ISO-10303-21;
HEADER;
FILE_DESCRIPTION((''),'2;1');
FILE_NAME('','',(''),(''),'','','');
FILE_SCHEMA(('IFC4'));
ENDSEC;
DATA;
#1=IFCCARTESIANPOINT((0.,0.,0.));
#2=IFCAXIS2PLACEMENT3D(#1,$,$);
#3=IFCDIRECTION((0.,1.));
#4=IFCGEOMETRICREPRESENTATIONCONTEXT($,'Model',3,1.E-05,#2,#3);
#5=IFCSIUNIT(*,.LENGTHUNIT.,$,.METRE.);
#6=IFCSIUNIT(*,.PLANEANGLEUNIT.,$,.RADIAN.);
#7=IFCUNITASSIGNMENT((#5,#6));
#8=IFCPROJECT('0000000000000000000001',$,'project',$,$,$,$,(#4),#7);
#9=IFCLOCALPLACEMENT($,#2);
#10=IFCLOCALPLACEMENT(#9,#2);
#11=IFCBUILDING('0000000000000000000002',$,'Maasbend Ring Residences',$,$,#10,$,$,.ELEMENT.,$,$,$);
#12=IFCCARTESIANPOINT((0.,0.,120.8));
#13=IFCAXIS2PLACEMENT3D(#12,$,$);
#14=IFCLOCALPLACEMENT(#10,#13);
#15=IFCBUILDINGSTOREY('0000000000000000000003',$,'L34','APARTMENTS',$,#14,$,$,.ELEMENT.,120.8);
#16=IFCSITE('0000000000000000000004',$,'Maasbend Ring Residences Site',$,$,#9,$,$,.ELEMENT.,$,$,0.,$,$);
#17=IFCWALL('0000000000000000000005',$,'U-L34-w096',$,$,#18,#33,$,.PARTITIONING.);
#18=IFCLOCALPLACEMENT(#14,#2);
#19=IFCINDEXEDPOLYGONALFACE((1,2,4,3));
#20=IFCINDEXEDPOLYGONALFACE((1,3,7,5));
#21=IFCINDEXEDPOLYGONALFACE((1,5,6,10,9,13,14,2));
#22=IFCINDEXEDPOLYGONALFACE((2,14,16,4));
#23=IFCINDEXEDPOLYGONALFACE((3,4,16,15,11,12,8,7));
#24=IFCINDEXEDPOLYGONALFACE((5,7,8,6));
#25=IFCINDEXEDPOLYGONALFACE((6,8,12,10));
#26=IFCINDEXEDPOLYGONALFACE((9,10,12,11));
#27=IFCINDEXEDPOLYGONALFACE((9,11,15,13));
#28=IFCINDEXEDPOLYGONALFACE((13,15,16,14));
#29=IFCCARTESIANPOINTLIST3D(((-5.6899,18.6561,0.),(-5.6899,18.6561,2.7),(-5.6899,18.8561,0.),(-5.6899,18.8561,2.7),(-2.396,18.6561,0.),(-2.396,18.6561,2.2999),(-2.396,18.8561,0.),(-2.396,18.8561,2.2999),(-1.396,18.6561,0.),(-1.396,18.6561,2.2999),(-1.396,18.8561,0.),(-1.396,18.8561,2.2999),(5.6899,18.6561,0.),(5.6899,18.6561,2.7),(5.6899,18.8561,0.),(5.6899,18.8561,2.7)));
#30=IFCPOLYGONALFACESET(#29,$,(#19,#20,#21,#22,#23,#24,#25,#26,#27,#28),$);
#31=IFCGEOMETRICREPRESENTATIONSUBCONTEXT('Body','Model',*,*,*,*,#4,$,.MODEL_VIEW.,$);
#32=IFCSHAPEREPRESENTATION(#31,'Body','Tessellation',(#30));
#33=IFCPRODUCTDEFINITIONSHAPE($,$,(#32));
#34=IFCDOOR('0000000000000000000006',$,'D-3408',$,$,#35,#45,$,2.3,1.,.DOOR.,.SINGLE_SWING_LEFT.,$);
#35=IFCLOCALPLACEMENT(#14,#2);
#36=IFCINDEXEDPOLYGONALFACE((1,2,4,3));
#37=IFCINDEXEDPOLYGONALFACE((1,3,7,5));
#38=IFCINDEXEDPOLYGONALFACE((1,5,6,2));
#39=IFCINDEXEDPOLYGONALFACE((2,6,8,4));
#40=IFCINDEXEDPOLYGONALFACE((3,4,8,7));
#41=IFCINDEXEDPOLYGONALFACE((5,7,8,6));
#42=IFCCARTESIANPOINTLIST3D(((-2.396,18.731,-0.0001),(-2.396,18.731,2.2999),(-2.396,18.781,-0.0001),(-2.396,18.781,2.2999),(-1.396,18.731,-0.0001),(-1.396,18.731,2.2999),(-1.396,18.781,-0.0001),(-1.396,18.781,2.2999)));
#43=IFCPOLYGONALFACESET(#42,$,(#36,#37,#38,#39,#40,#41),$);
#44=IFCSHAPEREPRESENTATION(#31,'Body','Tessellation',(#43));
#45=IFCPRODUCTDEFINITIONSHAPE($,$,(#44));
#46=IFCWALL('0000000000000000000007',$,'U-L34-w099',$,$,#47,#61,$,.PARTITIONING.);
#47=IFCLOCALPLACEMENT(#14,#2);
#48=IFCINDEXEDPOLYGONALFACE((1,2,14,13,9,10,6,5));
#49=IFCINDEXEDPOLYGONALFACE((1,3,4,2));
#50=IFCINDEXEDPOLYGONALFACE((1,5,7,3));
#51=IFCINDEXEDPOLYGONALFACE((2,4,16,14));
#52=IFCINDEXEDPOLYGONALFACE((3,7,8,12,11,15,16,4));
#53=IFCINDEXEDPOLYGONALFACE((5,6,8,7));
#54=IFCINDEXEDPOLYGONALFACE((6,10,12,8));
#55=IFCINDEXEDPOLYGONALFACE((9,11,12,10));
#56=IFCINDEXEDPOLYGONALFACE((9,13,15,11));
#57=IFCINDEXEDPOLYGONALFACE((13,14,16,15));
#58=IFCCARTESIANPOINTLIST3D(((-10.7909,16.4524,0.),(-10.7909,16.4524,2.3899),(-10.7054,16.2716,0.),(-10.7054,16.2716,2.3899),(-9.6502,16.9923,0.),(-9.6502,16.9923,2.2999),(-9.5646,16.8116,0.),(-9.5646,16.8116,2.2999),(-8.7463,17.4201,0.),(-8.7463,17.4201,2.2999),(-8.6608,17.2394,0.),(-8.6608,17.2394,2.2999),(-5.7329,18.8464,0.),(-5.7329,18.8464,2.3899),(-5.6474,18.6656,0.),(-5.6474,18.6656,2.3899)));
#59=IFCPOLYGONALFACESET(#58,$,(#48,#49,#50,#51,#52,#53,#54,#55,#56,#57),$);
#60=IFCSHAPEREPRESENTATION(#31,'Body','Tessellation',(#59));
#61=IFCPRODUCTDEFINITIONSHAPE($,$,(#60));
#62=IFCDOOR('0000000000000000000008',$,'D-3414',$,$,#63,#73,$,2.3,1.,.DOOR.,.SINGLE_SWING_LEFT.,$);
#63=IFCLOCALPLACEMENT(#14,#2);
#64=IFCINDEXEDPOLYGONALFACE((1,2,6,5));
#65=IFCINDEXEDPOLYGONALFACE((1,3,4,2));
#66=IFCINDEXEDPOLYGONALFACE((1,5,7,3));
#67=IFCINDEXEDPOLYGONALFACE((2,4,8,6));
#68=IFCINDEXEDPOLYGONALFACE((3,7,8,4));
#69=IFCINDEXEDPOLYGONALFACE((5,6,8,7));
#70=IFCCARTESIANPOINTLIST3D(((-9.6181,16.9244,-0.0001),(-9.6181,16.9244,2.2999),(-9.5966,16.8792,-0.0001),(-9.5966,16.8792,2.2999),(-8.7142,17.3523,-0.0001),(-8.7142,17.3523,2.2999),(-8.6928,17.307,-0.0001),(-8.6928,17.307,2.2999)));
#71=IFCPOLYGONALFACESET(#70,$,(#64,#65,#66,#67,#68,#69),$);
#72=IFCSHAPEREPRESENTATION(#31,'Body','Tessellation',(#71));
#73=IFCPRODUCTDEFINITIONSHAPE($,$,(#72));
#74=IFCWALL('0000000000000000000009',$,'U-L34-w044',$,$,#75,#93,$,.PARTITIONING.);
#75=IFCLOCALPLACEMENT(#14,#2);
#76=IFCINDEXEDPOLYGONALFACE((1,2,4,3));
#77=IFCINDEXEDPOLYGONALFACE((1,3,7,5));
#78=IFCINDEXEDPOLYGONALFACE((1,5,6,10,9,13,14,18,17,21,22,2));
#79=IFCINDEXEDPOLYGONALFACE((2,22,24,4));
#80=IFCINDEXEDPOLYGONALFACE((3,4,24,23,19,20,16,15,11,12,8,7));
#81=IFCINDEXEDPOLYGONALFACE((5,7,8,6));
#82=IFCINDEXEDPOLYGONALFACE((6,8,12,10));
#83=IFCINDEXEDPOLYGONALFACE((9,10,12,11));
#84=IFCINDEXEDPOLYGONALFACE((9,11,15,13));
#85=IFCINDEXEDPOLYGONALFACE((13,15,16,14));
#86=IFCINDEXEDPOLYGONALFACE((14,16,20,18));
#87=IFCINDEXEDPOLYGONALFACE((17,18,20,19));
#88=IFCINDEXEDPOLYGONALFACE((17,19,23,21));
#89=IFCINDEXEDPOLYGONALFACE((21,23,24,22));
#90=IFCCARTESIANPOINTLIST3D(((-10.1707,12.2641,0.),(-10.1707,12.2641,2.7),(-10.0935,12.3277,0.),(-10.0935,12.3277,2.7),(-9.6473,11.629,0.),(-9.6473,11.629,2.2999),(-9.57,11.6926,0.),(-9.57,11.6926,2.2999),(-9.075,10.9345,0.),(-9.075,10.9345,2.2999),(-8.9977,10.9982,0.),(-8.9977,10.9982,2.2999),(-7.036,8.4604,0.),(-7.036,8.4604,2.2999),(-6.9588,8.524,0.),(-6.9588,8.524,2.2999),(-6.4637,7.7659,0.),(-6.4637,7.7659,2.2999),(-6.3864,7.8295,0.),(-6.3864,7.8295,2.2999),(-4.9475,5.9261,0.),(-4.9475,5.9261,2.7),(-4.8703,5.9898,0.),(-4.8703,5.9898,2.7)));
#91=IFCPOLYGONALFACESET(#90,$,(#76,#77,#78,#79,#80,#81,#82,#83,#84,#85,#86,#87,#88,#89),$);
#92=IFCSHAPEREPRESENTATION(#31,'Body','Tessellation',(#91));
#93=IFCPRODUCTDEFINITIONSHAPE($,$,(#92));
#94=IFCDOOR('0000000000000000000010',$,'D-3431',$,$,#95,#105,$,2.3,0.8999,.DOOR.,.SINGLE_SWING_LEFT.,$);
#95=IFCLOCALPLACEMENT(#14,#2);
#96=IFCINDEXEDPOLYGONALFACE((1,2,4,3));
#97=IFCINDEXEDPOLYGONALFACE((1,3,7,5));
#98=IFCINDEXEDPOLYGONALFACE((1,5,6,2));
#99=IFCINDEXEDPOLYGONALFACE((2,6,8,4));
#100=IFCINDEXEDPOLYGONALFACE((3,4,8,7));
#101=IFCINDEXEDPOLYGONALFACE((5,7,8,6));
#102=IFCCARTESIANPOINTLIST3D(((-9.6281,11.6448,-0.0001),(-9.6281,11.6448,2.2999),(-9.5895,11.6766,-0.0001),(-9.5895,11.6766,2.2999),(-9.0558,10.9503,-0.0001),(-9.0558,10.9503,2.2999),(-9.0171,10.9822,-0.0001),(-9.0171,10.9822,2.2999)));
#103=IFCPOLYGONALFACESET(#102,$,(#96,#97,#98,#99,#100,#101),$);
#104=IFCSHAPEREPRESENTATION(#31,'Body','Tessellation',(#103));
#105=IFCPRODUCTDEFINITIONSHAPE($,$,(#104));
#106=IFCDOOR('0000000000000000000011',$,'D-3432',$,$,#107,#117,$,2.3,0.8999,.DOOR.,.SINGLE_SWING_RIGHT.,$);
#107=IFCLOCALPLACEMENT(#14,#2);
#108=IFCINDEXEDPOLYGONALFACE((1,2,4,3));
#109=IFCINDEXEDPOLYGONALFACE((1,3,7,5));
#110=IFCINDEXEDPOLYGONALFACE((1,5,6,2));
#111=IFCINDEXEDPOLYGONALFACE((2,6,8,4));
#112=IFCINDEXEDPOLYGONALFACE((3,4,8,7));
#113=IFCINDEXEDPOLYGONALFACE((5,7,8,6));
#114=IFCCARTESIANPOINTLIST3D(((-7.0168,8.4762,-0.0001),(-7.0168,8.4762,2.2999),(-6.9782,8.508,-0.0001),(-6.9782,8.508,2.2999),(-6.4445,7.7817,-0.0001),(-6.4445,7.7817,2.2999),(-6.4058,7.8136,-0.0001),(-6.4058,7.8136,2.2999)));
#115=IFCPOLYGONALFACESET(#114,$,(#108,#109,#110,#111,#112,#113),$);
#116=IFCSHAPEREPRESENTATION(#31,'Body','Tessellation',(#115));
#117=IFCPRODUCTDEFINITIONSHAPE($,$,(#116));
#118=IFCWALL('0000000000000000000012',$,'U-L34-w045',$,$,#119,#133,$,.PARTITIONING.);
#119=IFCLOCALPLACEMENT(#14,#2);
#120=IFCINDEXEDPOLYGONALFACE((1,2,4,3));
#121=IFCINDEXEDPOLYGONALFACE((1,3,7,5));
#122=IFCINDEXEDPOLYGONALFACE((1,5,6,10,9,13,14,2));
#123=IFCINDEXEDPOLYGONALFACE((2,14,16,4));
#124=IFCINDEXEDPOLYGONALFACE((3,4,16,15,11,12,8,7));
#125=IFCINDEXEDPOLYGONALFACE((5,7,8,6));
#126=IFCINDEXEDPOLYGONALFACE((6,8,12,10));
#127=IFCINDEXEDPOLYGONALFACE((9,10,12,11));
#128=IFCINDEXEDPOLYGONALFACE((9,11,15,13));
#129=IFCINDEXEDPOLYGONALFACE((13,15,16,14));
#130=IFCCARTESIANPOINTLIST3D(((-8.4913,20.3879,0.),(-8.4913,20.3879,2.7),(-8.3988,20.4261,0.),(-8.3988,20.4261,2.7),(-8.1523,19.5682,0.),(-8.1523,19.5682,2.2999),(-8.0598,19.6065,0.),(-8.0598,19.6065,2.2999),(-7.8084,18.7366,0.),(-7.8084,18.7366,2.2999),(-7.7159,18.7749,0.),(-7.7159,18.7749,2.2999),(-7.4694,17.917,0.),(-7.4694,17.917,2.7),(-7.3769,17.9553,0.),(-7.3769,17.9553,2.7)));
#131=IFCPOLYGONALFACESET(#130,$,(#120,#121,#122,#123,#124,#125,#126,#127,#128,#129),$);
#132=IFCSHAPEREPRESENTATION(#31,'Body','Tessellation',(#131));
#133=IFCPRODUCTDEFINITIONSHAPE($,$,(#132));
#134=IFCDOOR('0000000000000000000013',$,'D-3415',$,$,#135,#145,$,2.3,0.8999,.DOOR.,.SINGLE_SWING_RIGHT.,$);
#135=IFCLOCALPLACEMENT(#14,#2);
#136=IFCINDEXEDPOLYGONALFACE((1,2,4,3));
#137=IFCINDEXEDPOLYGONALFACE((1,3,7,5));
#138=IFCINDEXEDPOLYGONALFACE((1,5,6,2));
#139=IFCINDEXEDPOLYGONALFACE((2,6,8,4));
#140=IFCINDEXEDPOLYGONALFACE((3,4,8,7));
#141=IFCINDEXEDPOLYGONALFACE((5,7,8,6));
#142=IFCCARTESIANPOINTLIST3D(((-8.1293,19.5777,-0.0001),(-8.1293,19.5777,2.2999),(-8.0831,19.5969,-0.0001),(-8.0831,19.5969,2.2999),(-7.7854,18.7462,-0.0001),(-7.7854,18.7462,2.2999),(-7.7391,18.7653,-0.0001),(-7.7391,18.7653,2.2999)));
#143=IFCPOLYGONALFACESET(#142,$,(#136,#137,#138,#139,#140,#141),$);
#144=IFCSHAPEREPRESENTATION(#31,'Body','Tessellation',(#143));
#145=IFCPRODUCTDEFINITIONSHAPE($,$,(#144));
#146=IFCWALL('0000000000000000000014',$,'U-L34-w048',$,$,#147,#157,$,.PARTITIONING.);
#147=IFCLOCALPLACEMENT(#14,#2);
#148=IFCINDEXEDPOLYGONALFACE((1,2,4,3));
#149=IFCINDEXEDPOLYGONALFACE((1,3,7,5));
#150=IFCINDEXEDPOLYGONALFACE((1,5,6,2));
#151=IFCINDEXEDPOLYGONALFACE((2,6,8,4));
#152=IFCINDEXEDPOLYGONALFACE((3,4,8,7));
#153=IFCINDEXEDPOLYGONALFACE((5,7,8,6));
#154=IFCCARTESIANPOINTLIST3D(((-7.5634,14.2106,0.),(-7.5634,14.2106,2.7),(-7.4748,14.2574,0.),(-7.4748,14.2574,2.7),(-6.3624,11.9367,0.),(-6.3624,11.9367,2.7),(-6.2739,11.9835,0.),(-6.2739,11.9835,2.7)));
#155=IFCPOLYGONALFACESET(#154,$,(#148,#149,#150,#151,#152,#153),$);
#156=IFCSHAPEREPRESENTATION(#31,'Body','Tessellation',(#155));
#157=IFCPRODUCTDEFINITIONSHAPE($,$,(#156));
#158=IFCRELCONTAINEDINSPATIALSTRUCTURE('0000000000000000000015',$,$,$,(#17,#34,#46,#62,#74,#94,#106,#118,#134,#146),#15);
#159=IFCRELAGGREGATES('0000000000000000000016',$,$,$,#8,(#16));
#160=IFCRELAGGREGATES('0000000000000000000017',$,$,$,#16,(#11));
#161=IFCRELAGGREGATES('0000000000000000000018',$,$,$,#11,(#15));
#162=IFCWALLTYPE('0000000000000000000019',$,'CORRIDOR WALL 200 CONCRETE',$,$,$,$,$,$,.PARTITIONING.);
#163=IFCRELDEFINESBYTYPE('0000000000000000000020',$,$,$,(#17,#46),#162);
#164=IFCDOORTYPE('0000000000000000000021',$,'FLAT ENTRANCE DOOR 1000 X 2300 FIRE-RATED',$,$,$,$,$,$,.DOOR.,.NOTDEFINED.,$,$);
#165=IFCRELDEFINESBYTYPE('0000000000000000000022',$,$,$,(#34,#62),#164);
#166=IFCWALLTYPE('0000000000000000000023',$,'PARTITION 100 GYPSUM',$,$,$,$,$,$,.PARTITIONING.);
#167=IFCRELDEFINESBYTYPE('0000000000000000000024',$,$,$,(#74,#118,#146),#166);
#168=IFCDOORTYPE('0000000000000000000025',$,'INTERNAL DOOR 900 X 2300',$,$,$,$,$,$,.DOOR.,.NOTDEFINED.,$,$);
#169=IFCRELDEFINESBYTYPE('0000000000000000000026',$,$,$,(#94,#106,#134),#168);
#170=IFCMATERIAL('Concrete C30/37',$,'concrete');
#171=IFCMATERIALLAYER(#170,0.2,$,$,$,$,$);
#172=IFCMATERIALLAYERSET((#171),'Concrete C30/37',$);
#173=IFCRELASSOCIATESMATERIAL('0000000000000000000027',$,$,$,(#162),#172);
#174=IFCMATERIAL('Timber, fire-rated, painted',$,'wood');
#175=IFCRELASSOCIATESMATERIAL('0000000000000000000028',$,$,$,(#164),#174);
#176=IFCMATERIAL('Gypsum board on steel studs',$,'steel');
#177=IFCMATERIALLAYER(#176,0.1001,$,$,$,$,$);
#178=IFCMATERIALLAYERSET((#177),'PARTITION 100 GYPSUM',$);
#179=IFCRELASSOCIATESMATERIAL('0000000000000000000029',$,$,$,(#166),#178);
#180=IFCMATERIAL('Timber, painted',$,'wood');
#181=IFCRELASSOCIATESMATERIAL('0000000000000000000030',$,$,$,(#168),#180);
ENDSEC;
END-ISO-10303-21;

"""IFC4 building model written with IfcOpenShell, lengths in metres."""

from ifc_helpers import new_model, si_unit, direction, frame, frame_2d, origin, place, context, subcontext, project, spatial, rectangle, extrude, material, layer, layer_set, type_object, element, fill, save


model = new_model("IFC4")

# Units and contexts
model_context = context("Model", 3, precision=1e-05, world=origin(), true_north=direction((0.0, 1.0)))
body_context = subcontext(model_context, "Body", "Model", "MODEL_VIEW")
ifc_project = project(units=[si_unit("LENGTHUNIT", "METRE"), si_unit("PLANEANGLEUNIT", "RADIAN")], contexts=[model_context])

# Site, building, storey
site_placement = place(None, origin())
site = spatial("IfcSite", under=ifc_project, at=site_placement, Name="Maasbend Ring Residences Site", CompositionType="ELEMENT", RefElevation=0.0)
building_placement = place(site_placement, origin())
building = spatial("IfcBuilding", under=site, at=building_placement, Name="Maasbend Ring Residences", CompositionType="ELEMENT")
storey_placement = place(building_placement, frame((0.0, 0.0, 120.8)))
storey = spatial("IfcBuildingStorey", under=building, at=storey_placement, Name="L34", Description="APARTMENTS", CompositionType="ELEMENT", Elevation=120.8)

# Walls, openings, doors
ifc_material_1 = material(Name="Concrete C30/37", Category="concrete")
ifc_layer_1 = layer(ifc_material_1, 0.2)
ifc_layer_set_1 = layer_set([ifc_layer_1], Name="Concrete C30/37")
wall_type_1 = type_object("IfcWallType", Name="CORRIDOR WALL 200 CONCRETE", PredefinedType="PARTITIONING", material=ifc_layer_set_1)
ifc_material_2 = material(Name="Timber, fire-rated, painted", Category="wood")
door_type_1 = type_object("IfcDoorType", Name="FLAT ENTRANCE DOOR 1000 X 2300 FIRE-RATED", OperationType="NOTDEFINED", PredefinedType="DOOR", material=ifc_material_2)
wall_1_placement = place(storey_placement, frame((-5.6899, 18.7561, 0.0), z_axis=(0.0, 0.0, 1.0), x_axis=(1.0, 0.0, 0.0)))
wall_1 = element("IfcWall", 1, at=wall_1_placement, inside=storey, type_object=wall_type_1, Name="U-L34-w096", PredefinedType="PARTITIONING", context=body_context, shape_type="SweptSolid", body=[
    extrude(rectangle(XDim=11.3799, YDim=0.2, at=frame_2d((5.6899, 0.0))), origin(), (0.0, 0.0, 1.0), 2.7),
])
opening_1_placement = place(wall_1_placement, frame((3.2939, 0.0, 0.0)))
opening_1 = element("IfcOpeningElement", 2, at=opening_1_placement, cuts=wall_1, PredefinedType="OPENING", context=body_context, shape_type="SweptSolid", body=[
    extrude(rectangle(XDim=1.0, YDim=2.3, at=frame_2d((0.5, 1.1499))), frame((0.0, 0.1099, 0.0), z_axis=(0.0, -1.0, 0.0), x_axis=(1.0, 0.0, 0.0)), (0.0, 0.0, 1.0), 0.22),
])
door_1_placement = place(opening_1_placement, origin())
door_1 = element("IfcDoor", 3, at=door_1_placement, inside=storey, type_object=door_type_1, Name="D-3408", OperationType="SINGLE_SWING_LEFT", OverallHeight=2.3, OverallWidth=1.0, PredefinedType="DOOR", context=body_context, shape_type="SweptSolid", body=[
    extrude(rectangle(XDim=1.0, YDim=2.3, at=frame_2d((0.5, 1.1499))), frame((0.0, 0.0249, 0.0), z_axis=(0.0, -1.0, 0.0), x_axis=(1.0, 0.0, 0.0)), (0.0, 0.0, 1.0), 0.05),
])
fill(opening_1, door_1)
wall_2_placement = place(storey_placement, frame((-10.748, 16.3621, 0.0), z_axis=(0.0, 0.0, 1.0), x_axis=(0.903869, 0.427809, 0.0)))
wall_2 = element("IfcWall", 4, at=wall_2_placement, inside=storey, type_object=wall_type_1, Name="U-L34-w099", PredefinedType="PARTITIONING", context=body_context, shape_type="SweptSolid", body=[
    extrude(rectangle(XDim=5.5959, YDim=0.2, at=frame_2d((2.7979, 0.0))), origin(), (0.0, 0.0, 1.0), 2.3899),
])
opening_2_placement = place(wall_2_placement, frame((1.262, 0.0, 0.0)))
opening_2 = element("IfcOpeningElement", 5, at=opening_2_placement, cuts=wall_2, PredefinedType="OPENING", context=body_context, shape_type="SweptSolid", body=[
    extrude(rectangle(XDim=1.0, YDim=2.3, at=frame_2d((0.5, 1.1499))), frame((0.0, 0.1099, 0.0), z_axis=(0.0, -1.0, 0.0), x_axis=(1.0, 0.0, 0.0)), (0.0, 0.0, 1.0), 0.22),
])
door_2_placement = place(opening_2_placement, origin())
door_2 = element("IfcDoor", 6, at=door_2_placement, inside=storey, type_object=door_type_1, Name="D-3414", OperationType="SINGLE_SWING_LEFT", OverallHeight=2.3, OverallWidth=1.0, PredefinedType="DOOR", context=body_context, shape_type="SweptSolid", body=[
    extrude(rectangle(XDim=1.0, YDim=2.3, at=frame_2d((0.5, 1.1499))), frame((0.0, 0.0249, 0.0), z_axis=(0.0, -1.0, 0.0), x_axis=(1.0, 0.0, 0.0)), (0.0, 0.0, 1.0), 0.05),
])
fill(opening_2, door_2)

# Wall, openings, doors
ifc_material_3 = material(Name="Gypsum board on steel studs", Category="steel")
ifc_layer_2 = layer(ifc_material_3, 0.1001)
ifc_layer_set_2 = layer_set([ifc_layer_2], Name="PARTITION 100 GYPSUM")
wall_type_2 = type_object("IfcWallType", Name="PARTITION 100 GYPSUM", PredefinedType="PARTITIONING", material=ifc_layer_set_2)
wall_3_placement = place(storey_placement, frame((-10.1321, 12.2959, 0.0), z_axis=(0.0, 0.0, 1.0), x_axis=(0.635976, -0.771709, 0.0)))
wall_3 = element("IfcWall", 7, at=wall_3_placement, inside=storey, type_object=wall_type_2, Name="U-L34-w044", PredefinedType="PARTITIONING", context=body_context, shape_type="SweptSolid", body=[
    extrude(rectangle(XDim=8.2129, YDim=0.1001, at=frame_2d((4.1064, 0.0))), origin(), (0.0, 0.0, 1.0), 2.7),
])
opening_3_placement = place(wall_3_placement, frame((0.823, 0.0, 0.0)))
opening_3 = element("IfcOpeningElement", 8, at=opening_3_placement, cuts=wall_3, PredefinedType="OPENING", context=body_context, shape_type="SweptSolid", body=[
    extrude(rectangle(XDim=0.8999, YDim=2.3, at=frame_2d((0.45, 1.1499))), frame((0.0, 0.0601, 0.0), z_axis=(0.0, -1.0, 0.0), x_axis=(1.0, 0.0, 0.0)), (0.0, 0.0, 1.0), 0.1201),
])
opening_4_placement = place(wall_3_placement, frame((4.929, 0.0, 0.0)))
opening_4 = element("IfcOpeningElement", 9, at=opening_4_placement, cuts=wall_3, PredefinedType="OPENING", context=body_context, shape_type="SweptSolid", body=[
    extrude(rectangle(XDim=0.8999, YDim=2.3, at=frame_2d((0.45, 1.1499))), frame((0.0, 0.0601, 0.0), z_axis=(0.0, -1.0, 0.0), x_axis=(1.0, 0.0, 0.0)), (0.0, 0.0, 1.0), 0.1201),
])
ifc_material_4 = material(Name="Timber, painted", Category="wood")
door_type_2 = type_object("IfcDoorType", Name="INTERNAL DOOR 900 X 2300", OperationType="NOTDEFINED", PredefinedType="DOOR", material=ifc_material_4)
door_3_placement = place(opening_3_placement, origin())
door_3 = element("IfcDoor", 10, at=door_3_placement, inside=storey, type_object=door_type_2, Name="D-3431", OperationType="SINGLE_SWING_LEFT", OverallHeight=2.3, OverallWidth=0.8999, PredefinedType="DOOR", context=body_context, shape_type="SweptSolid", body=[
    extrude(rectangle(XDim=0.8999, YDim=2.3, at=frame_2d((0.45, 1.1499))), frame((0.0, 0.0249, 0.0), z_axis=(0.0, -1.0, 0.0), x_axis=(1.0, 0.0, 0.0)), (0.0, 0.0, 1.0), 0.05),
])
fill(opening_3, door_3)
door_4_placement = place(opening_4_placement, origin())
door_4 = element("IfcDoor", 11, at=door_4_placement, inside=storey, type_object=door_type_2, Name="D-3432", OperationType="SINGLE_SWING_RIGHT", OverallHeight=2.3, OverallWidth=0.8999, PredefinedType="DOOR", context=body_context, shape_type="SweptSolid", body=[
    extrude(rectangle(XDim=0.8999, YDim=2.3, at=frame_2d((0.45, 1.1499))), frame((0.0, 0.0249, 0.0), z_axis=(0.0, -1.0, 0.0), x_axis=(1.0, 0.0, 0.0)), (0.0, 0.0, 1.0), 0.05),
])
fill(opening_4, door_4)

# Wall, opening, door
wall_4_placement = place(storey_placement, frame((-8.4451, 20.407, 0.0), z_axis=(0.0, 0.0, 1.0), x_axis=(0.382196, -0.924081, 0.0)))
wall_4 = element("IfcWall", 12, at=wall_4_placement, inside=storey, type_object=wall_type_2, Name="U-L34-w045", PredefinedType="PARTITIONING", context=body_context, shape_type="SweptSolid", body=[
    extrude(rectangle(XDim=2.6738, YDim=0.1001, at=frame_2d((1.3369, 0.0))), origin(), (0.0, 0.0, 1.0), 2.7),
])
opening_5_placement = place(wall_4_placement, frame((0.887, 0.0, 0.0)))
opening_5 = element("IfcOpeningElement", 13, at=opening_5_placement, cuts=wall_4, PredefinedType="OPENING", context=body_context, shape_type="SweptSolid", body=[
    extrude(rectangle(XDim=0.8999, YDim=2.3, at=frame_2d((0.45, 1.1499))), frame((0.0, 0.0601, 0.0), z_axis=(0.0, -1.0, 0.0), x_axis=(1.0, 0.0, 0.0)), (0.0, 0.0, 1.0), 0.1201),
])
door_5_placement = place(opening_5_placement, origin())
door_5 = element("IfcDoor", 14, at=door_5_placement, inside=storey, type_object=door_type_2, Name="D-3415", OperationType="SINGLE_SWING_RIGHT", OverallHeight=2.3, OverallWidth=0.8999, PredefinedType="DOOR", context=body_context, shape_type="SweptSolid", body=[
    extrude(rectangle(XDim=0.8999, YDim=2.3, at=frame_2d((0.45, 1.1499))), frame((0.0, 0.0249, 0.0), z_axis=(0.0, -1.0, 0.0), x_axis=(1.0, 0.0, 0.0)), (0.0, 0.0, 1.0), 0.05),
])
fill(opening_5, door_5)

# Wall
wall_5_placement = place(storey_placement, frame((-7.519, 14.2339, 0.0), z_axis=(0.0, 0.0, 1.0), x_axis=(0.467002, -0.884256, 0.0)))
element("IfcWall", 15, at=wall_5_placement, inside=storey, type_object=wall_type_2, Name="U-L34-w048", PredefinedType="PARTITIONING", context=body_context, shape_type="SweptSolid", body=[
    extrude(rectangle(XDim=2.5715, YDim=0.1001, at=frame_2d((1.2856, 0.0))), origin(), (0.0, 0.0, 1.0), 2.7),
])

save(model, "model.ifc")
